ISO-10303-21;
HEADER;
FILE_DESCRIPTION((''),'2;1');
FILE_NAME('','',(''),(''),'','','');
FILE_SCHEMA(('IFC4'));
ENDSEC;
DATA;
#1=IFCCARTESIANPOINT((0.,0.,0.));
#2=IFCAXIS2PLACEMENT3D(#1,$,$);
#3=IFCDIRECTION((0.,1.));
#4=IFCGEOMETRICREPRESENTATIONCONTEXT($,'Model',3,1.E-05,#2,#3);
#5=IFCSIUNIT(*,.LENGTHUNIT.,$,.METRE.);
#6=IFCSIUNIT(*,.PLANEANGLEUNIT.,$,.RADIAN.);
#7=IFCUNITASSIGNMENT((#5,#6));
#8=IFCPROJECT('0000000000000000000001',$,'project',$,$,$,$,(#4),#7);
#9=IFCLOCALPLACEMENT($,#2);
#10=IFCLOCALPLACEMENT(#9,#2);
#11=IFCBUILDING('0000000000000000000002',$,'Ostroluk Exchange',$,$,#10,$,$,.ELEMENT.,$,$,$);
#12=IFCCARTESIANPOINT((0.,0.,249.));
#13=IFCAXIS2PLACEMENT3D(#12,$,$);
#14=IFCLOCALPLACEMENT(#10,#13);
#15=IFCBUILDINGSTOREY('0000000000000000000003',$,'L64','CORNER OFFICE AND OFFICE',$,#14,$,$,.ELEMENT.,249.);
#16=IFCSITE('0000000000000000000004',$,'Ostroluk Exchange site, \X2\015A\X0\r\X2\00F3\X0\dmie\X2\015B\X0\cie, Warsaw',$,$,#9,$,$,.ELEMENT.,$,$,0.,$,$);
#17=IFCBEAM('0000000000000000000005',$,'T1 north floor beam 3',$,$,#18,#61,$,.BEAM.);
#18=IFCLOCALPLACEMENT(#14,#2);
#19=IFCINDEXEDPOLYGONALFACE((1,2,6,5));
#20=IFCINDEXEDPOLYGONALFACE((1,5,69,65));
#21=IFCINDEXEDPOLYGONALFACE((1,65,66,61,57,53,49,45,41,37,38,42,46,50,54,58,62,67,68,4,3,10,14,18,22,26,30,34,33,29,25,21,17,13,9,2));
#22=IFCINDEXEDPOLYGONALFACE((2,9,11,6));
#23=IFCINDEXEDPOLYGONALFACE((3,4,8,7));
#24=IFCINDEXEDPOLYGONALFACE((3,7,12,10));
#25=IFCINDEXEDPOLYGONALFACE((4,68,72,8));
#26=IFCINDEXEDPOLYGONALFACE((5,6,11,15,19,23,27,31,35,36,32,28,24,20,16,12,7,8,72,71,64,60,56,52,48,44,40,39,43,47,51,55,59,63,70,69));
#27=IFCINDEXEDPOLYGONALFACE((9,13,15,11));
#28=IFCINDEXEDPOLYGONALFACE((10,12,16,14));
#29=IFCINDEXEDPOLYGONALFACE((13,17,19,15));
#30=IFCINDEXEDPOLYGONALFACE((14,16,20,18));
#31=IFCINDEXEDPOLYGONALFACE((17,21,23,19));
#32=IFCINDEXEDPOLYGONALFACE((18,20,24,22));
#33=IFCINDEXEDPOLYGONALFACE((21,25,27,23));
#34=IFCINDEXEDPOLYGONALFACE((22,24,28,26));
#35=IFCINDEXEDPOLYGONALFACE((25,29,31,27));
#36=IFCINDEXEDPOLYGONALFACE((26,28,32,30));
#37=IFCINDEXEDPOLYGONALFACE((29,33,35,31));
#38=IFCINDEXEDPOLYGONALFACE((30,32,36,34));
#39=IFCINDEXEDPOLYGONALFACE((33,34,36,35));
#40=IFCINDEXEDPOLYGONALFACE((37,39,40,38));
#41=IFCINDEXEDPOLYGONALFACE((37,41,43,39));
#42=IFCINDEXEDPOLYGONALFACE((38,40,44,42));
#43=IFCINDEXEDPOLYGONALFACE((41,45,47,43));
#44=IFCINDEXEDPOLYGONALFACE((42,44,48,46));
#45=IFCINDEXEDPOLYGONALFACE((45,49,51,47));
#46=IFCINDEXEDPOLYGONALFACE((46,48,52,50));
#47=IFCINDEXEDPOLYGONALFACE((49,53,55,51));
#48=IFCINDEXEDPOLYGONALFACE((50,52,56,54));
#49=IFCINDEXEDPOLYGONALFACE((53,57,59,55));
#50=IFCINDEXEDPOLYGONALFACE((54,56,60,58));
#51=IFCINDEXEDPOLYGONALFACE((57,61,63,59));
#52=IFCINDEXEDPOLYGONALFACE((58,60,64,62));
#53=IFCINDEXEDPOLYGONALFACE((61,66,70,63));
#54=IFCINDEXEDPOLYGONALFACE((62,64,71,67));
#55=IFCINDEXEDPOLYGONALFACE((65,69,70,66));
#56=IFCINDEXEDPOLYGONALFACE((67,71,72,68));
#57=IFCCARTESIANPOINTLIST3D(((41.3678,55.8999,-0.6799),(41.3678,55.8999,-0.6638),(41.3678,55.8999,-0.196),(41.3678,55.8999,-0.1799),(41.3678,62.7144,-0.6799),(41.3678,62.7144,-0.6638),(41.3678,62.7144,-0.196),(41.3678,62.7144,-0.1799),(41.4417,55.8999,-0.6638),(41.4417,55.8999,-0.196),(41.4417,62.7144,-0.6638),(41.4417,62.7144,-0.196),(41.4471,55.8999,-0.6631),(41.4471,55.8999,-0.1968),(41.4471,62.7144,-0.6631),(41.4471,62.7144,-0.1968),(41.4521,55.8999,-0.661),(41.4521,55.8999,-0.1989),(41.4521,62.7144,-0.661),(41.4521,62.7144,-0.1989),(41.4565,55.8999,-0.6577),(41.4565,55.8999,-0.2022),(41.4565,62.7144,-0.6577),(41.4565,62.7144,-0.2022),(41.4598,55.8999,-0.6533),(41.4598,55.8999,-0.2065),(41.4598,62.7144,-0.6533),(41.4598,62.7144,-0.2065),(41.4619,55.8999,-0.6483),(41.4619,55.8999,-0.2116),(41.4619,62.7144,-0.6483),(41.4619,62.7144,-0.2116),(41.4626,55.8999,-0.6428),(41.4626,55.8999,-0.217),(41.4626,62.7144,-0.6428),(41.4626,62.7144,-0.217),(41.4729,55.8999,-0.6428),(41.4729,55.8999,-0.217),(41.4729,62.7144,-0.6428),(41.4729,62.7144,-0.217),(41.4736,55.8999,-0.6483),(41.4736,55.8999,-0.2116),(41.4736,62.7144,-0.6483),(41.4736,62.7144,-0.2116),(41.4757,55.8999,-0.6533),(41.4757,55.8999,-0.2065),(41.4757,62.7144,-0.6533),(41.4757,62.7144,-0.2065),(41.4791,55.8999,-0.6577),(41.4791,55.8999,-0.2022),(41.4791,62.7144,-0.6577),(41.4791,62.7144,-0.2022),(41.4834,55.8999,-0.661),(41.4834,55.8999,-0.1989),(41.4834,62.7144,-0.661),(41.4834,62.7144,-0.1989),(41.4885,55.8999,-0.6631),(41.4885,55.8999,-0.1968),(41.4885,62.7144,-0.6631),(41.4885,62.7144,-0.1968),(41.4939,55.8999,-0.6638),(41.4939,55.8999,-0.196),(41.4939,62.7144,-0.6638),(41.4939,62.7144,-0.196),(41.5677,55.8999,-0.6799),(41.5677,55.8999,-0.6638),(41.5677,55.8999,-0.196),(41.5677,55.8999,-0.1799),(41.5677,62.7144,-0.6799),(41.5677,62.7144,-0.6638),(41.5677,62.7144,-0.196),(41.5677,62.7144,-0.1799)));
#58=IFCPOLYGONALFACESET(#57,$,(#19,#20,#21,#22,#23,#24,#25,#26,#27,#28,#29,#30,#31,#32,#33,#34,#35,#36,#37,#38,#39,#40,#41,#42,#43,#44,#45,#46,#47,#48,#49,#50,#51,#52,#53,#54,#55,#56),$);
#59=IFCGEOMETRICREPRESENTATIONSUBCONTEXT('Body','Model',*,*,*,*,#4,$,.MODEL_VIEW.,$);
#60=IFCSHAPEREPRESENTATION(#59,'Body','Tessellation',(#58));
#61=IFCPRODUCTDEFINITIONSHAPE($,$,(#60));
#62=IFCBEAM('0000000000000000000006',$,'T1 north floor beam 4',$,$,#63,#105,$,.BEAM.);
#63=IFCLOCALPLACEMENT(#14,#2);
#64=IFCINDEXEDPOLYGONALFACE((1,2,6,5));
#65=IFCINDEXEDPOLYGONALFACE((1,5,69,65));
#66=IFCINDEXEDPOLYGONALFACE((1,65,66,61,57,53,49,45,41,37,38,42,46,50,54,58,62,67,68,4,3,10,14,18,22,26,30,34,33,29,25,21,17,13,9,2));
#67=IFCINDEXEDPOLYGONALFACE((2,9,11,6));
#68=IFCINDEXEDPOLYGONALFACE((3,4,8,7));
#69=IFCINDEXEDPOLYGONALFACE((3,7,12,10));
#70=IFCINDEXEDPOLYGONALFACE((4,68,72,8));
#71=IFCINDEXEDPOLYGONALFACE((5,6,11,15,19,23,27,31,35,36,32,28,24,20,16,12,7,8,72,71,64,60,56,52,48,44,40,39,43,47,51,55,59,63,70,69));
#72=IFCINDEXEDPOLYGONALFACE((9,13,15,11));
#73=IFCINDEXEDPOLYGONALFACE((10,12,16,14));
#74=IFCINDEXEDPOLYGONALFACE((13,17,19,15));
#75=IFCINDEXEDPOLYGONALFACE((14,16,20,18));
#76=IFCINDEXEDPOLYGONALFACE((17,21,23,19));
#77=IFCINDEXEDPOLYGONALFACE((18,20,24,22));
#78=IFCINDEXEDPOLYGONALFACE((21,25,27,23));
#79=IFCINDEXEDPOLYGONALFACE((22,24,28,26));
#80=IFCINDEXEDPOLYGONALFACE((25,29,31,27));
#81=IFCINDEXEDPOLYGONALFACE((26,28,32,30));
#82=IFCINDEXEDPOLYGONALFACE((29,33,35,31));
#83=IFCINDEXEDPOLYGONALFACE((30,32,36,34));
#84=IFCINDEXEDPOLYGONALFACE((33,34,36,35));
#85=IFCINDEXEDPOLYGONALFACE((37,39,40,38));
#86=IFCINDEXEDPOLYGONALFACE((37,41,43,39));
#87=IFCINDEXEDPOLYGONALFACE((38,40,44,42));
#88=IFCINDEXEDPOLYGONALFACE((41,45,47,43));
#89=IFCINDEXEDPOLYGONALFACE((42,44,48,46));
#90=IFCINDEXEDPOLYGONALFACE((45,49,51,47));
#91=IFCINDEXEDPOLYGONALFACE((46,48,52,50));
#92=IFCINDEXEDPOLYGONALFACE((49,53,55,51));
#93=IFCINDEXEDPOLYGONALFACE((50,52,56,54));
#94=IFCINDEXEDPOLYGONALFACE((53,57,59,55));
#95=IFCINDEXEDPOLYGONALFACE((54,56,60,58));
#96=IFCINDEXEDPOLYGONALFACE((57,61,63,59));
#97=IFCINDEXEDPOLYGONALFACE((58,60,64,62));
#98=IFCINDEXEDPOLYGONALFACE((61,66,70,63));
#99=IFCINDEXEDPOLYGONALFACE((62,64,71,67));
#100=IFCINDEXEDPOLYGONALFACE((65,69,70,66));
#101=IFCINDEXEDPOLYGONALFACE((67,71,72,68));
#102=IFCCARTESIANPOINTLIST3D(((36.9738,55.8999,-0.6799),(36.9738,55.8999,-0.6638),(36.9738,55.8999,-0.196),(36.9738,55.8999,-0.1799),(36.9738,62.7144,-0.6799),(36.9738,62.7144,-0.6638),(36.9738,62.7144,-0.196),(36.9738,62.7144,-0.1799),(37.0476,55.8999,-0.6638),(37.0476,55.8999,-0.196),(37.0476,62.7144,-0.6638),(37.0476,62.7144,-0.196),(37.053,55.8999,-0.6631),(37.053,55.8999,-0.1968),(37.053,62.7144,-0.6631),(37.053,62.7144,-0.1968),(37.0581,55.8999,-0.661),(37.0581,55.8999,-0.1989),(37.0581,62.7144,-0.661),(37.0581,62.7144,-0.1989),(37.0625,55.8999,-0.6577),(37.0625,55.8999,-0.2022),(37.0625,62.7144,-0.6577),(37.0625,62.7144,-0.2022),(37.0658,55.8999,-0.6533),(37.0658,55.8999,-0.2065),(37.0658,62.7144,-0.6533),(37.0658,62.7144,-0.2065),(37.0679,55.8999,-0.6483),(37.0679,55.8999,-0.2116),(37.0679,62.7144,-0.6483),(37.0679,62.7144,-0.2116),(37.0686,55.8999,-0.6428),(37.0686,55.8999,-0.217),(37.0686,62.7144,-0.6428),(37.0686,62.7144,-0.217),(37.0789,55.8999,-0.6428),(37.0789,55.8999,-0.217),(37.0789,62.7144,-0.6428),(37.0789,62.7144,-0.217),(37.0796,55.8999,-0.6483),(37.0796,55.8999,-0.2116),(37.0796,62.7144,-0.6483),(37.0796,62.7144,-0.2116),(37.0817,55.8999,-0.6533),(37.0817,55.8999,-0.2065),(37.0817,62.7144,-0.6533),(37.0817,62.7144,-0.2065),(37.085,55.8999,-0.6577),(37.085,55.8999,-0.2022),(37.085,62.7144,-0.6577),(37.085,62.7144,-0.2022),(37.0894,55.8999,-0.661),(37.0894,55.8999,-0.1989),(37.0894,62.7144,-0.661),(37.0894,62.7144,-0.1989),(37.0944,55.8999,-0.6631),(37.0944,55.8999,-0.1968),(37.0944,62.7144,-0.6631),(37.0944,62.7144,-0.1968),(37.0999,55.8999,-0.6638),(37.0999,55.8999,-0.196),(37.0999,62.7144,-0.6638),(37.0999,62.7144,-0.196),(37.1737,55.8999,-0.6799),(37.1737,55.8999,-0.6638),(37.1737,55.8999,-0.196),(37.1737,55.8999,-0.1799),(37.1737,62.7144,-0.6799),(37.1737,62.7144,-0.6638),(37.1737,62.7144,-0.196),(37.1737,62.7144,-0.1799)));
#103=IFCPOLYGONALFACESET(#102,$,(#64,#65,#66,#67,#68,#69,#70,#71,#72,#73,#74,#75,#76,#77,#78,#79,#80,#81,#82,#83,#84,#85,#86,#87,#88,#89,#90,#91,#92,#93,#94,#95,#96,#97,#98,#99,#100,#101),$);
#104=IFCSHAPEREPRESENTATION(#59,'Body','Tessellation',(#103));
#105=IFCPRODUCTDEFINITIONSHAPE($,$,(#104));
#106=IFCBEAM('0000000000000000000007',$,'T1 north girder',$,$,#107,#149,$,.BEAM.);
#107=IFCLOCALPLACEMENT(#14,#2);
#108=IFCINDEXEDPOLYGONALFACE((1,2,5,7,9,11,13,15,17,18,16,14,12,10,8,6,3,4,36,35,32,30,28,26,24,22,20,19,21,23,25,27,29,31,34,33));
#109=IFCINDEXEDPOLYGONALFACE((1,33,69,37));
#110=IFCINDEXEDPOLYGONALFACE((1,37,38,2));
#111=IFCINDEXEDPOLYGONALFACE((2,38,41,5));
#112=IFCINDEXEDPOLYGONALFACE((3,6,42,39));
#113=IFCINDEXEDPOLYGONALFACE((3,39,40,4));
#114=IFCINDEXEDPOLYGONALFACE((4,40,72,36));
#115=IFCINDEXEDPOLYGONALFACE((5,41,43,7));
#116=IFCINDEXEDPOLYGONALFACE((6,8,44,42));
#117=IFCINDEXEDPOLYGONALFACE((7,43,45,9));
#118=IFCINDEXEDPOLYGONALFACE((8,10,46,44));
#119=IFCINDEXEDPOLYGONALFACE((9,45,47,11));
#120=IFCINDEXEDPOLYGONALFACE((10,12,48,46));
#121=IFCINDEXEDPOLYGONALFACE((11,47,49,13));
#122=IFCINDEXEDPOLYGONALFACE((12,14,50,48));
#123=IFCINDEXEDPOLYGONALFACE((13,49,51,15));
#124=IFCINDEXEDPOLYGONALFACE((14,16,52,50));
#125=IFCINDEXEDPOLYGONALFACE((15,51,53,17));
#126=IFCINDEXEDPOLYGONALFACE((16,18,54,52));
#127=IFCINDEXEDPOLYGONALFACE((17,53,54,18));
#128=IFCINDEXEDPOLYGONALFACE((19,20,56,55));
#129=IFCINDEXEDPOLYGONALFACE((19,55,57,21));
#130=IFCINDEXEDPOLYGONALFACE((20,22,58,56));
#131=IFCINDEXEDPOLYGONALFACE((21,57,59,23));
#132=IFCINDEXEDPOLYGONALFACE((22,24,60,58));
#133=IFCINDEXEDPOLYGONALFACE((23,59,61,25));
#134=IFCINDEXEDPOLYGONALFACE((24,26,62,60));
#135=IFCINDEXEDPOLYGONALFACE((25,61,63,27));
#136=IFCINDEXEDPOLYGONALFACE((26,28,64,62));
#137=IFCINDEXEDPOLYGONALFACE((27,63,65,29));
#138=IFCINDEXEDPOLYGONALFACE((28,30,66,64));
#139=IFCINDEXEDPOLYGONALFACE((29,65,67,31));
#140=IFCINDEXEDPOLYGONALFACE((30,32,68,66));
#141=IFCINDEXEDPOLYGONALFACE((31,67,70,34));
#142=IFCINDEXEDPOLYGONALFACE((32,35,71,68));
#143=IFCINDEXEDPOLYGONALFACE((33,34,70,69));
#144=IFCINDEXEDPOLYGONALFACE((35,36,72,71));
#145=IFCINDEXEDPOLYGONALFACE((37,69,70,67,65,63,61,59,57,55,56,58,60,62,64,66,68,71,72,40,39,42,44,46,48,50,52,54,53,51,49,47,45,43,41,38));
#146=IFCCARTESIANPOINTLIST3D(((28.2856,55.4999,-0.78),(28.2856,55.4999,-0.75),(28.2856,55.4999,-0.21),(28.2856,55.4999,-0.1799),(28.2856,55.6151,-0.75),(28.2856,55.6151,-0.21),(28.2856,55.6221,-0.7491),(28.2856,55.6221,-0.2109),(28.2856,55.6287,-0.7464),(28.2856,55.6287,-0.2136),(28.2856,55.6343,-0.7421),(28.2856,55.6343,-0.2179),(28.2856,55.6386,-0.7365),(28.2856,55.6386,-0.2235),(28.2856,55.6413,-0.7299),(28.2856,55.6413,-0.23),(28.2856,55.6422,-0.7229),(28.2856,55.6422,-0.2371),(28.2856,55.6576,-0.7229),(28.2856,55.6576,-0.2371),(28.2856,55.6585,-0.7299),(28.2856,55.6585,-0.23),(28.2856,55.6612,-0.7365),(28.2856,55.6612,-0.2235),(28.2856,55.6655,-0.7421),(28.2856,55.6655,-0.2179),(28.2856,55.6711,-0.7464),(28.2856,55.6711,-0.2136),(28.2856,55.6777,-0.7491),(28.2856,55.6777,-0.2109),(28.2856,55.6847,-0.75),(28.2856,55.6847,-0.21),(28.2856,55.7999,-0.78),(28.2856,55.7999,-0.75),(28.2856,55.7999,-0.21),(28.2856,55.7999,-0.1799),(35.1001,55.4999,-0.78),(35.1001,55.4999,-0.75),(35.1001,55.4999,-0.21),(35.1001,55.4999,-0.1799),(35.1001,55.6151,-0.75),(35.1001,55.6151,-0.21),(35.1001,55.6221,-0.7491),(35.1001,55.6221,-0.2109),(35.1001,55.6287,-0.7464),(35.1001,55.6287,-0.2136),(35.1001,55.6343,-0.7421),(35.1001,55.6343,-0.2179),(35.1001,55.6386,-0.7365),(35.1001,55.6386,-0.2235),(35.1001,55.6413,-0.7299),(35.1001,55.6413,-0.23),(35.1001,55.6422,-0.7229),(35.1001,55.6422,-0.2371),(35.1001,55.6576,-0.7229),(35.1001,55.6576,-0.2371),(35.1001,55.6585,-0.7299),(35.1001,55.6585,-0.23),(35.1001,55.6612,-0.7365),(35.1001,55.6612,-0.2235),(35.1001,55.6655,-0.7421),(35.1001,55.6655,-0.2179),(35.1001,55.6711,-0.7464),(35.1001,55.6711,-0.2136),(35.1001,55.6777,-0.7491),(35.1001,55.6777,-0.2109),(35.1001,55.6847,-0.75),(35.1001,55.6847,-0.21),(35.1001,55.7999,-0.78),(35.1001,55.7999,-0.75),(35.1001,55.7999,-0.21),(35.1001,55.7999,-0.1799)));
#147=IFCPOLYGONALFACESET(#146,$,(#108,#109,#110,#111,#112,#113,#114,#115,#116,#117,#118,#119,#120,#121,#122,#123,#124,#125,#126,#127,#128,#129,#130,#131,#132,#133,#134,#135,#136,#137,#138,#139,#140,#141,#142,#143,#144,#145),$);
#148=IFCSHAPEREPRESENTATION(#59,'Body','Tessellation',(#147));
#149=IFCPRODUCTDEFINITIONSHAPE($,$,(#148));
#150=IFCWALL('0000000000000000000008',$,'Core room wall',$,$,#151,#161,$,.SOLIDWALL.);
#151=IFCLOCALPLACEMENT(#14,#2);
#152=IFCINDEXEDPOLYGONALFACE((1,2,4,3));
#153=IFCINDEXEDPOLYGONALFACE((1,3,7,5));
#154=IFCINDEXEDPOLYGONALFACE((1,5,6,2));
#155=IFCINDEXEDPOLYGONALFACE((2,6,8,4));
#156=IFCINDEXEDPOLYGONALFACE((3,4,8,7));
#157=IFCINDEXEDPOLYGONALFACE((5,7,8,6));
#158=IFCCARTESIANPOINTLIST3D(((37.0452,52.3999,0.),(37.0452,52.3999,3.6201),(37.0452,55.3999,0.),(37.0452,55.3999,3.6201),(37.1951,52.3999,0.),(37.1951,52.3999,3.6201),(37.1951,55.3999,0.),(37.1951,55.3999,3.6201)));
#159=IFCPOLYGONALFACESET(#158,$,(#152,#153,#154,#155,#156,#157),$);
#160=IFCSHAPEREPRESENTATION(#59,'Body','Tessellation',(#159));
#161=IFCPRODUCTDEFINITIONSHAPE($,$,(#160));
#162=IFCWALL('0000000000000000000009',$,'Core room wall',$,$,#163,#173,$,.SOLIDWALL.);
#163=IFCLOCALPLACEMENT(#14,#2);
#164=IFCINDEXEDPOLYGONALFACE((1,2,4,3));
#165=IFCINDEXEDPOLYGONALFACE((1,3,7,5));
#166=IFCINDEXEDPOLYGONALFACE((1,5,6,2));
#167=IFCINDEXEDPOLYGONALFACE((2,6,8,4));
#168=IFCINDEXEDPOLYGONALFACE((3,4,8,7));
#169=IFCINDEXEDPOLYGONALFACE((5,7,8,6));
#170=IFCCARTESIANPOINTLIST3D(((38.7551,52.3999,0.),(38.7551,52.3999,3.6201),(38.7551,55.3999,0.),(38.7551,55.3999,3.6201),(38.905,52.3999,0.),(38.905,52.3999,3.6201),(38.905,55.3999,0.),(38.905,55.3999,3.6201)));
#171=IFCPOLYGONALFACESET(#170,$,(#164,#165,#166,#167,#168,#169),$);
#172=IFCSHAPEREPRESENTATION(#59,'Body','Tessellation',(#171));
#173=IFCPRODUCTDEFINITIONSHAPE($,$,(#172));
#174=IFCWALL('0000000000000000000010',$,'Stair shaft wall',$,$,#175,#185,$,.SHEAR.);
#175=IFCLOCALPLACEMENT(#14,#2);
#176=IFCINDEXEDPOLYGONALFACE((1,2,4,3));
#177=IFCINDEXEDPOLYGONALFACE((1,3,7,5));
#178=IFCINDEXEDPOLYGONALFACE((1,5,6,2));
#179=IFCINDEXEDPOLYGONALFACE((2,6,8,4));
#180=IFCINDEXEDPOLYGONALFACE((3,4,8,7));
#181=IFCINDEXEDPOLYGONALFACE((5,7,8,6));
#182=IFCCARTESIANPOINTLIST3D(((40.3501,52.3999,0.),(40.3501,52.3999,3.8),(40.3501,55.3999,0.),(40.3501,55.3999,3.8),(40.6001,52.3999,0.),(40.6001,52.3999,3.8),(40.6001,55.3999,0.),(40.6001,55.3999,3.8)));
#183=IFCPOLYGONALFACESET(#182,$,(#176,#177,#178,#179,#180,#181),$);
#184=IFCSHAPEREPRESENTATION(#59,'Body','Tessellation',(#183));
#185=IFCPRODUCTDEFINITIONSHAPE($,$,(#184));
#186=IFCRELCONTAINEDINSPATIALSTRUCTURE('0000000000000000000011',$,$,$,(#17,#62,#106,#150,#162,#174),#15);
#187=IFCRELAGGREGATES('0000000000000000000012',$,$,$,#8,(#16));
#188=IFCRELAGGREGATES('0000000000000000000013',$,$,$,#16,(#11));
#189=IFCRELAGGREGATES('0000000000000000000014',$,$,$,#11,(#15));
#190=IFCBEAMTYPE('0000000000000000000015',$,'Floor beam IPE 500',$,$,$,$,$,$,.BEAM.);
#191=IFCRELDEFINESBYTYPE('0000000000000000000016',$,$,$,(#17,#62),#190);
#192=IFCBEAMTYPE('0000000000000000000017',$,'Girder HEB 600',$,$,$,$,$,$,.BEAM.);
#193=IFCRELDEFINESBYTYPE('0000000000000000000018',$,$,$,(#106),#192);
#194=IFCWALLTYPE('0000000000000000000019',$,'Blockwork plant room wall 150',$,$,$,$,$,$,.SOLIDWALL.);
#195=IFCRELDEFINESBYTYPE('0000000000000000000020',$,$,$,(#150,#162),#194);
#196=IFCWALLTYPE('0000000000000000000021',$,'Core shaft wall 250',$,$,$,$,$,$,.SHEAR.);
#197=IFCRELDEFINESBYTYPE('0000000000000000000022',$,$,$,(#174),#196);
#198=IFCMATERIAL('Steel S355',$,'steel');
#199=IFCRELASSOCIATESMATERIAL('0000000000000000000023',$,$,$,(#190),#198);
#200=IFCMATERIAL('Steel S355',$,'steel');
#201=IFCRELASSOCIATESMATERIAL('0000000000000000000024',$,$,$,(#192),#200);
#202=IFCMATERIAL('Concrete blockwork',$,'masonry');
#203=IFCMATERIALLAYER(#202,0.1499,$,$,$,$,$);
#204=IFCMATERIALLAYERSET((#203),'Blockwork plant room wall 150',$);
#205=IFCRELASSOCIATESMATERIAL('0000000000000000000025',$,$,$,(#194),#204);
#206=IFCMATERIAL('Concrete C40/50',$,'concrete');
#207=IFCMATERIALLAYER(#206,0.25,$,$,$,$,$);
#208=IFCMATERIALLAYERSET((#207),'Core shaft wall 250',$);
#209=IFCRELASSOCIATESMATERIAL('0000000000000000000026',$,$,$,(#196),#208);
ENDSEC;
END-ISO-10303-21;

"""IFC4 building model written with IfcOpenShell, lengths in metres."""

from ifc_helpers import new_model, si_unit, direction, frame, frame_2d, origin, origin_2d, place, context, subcontext, project, spatial, rectangle, i_section, extrude, material, layer, layer_set, material_profile, profile_set, type_object, element, save


model = new_model("IFC4")

# Units and contexts
model_context = context("Model", 3, precision=1e-05, world=origin(), true_north=direction((0.0, 1.0)))
body_context = subcontext(model_context, "Body", "Model", "MODEL_VIEW")
ifc_project = project(units=[si_unit("LENGTHUNIT", "METRE"), si_unit("PLANEANGLEUNIT", "RADIAN")], contexts=[model_context])

# Site, building, storey
site_placement = place(None, origin())
site = spatial("IfcSite", under=ifc_project, at=site_placement, Name="Ostroluk Exchange site, Śródmieście, Warsaw", CompositionType="ELEMENT", RefElevation=0.0)
building_placement = place(site_placement, origin())
building = spatial("IfcBuilding", under=site, at=building_placement, Name="Ostroluk Exchange", CompositionType="ELEMENT")
storey_placement = place(building_placement, frame((0.0, 0.0, 249.0)))
storey = spatial("IfcBuildingStorey", under=building, at=storey_placement, Name="L64", Description="CORNER OFFICE AND OFFICE", CompositionType="ELEMENT", Elevation=249.0)

# Beams
ifc_material_1 = material(Name="Steel S355", Category="steel")
ifc_material_profile_1 = material_profile(ifc_material_1, i_section(OverallWidth=0.2, OverallDepth=0.5, WebThickness=0.0103, FlangeThickness=0.0161, FilletRadius=0.021, at=origin_2d()), Name="IPE 500")
ifc_profile_set_1 = profile_set([ifc_material_profile_1], Name="Steel S355")
beam_type_1 = type_object("IfcBeamType", Name="Floor beam IPE 500", PredefinedType="BEAM", material=ifc_profile_set_1)
for number, where, z_axis, x_axis, name in (
    (1, (41.4678, 55.8999, -0.4299), (0.0, 1.0, 0.0), (-1.0, 0.0, 0.0), "T1 north floor beam 3"),
    (2, (37.0737, 55.8999, -0.4299), (0.0, 1.0, 0.0), (-1.0, 0.0, 0.0), "T1 north floor beam 4"),
):
    element("IfcBeam", number, at=place(storey_placement, frame(where, z_axis=z_axis, x_axis=x_axis)), inside=storey, type_object=beam_type_1, Name=name, PredefinedType="BEAM", context=body_context, shape_type="SweptSolid", body=[
        extrude(i_section(OverallWidth=0.2, OverallDepth=0.5, WebThickness=0.0103, FlangeThickness=0.0161, FilletRadius=0.021, at=origin_2d()), origin(), (0.0, 0.0, 1.0), 6.8145),
    ])
ifc_material_2 = material(Name="Steel S355", Category="steel")
ifc_material_profile_2 = material_profile(ifc_material_2, i_section(OverallWidth=0.3, OverallDepth=0.6001, WebThickness=0.0154, FlangeThickness=0.03, FilletRadius=0.0271, at=origin_2d()), Name="HEB 600")
ifc_profile_set_2 = profile_set([ifc_material_profile_2], Name="Steel S355")
beam_type_2 = type_object("IfcBeamType", Name="Girder HEB 600", PredefinedType="BEAM", material=ifc_profile_set_2)
beam_placement = place(storey_placement, frame((35.1001, 55.6499, -0.48), z_axis=(-1.0, 0.0, 0.0), x_axis=(0.0, -1.0, 0.0)))
element("IfcBeam", 3, at=beam_placement, inside=storey, type_object=beam_type_2, Name="T1 north girder", PredefinedType="BEAM", context=body_context, shape_type="SweptSolid", body=[
    extrude(i_section(OverallWidth=0.3, OverallDepth=0.6001, WebThickness=0.0154, FlangeThickness=0.03, FilletRadius=0.0271, at=origin_2d()), origin(), (0.0, 0.0, 1.0), 6.8145),
])

# Walls
ifc_material_3 = material(Name="Concrete blockwork", Category="masonry")
ifc_layer_1 = layer(ifc_material_3, 0.1499)
ifc_layer_set_1 = layer_set([ifc_layer_1], Name="Blockwork plant room wall 150")
wall_type_1 = type_object("IfcWallType", Name="Blockwork plant room wall 150", PredefinedType="SOLIDWALL", material=ifc_layer_set_1)
for number, where, z_axis, x_axis, name in (
    (4, (37.1201, 52.3999, 0.0), (0.0, 0.0, 1.0), (0.0, 1.0, 0.0), "Core room wall"),
    (5, (38.8301, 52.3999, 0.0), (0.0, 0.0, 1.0), (0.0, 1.0, 0.0), "Core room wall"),
):
    element("IfcWall", number, at=place(storey_placement, frame(where, z_axis=z_axis, x_axis=x_axis)), inside=storey, type_object=wall_type_1, Name=name, PredefinedType="SOLIDWALL", context=body_context, shape_type="SweptSolid", body=[
        extrude(rectangle(XDim=3.0, YDim=0.1499, at=frame_2d((1.5, 0.0))), origin(), (0.0, 0.0, 1.0), 3.6201),
    ])
ifc_material_4 = material(Name="Concrete C40/50", Category="concrete")
ifc_layer_2 = layer(ifc_material_4, 0.25)
ifc_layer_set_2 = layer_set([ifc_layer_2], Name="Core shaft wall 250")
wall_type_2 = type_object("IfcWallType", Name="Core shaft wall 250", PredefinedType="SHEAR", material=ifc_layer_set_2)
wall_1_placement = place(storey_placement, frame((40.4751, 52.3999, 0.0), z_axis=(0.0, 0.0, 1.0), x_axis=(0.0, 1.0, 0.0)))
element("IfcWall", 6, at=wall_1_placement, inside=storey, type_object=wall_type_2, Name="Stair shaft wall", PredefinedType="SHEAR", context=body_context, shape_type="SweptSolid", body=[
    extrude(rectangle(XDim=3.0, YDim=0.25, at=frame_2d((1.5, 0.0))), origin(), (0.0, 0.0, 1.0), 3.8),
])

save(model, "model.ifc")
